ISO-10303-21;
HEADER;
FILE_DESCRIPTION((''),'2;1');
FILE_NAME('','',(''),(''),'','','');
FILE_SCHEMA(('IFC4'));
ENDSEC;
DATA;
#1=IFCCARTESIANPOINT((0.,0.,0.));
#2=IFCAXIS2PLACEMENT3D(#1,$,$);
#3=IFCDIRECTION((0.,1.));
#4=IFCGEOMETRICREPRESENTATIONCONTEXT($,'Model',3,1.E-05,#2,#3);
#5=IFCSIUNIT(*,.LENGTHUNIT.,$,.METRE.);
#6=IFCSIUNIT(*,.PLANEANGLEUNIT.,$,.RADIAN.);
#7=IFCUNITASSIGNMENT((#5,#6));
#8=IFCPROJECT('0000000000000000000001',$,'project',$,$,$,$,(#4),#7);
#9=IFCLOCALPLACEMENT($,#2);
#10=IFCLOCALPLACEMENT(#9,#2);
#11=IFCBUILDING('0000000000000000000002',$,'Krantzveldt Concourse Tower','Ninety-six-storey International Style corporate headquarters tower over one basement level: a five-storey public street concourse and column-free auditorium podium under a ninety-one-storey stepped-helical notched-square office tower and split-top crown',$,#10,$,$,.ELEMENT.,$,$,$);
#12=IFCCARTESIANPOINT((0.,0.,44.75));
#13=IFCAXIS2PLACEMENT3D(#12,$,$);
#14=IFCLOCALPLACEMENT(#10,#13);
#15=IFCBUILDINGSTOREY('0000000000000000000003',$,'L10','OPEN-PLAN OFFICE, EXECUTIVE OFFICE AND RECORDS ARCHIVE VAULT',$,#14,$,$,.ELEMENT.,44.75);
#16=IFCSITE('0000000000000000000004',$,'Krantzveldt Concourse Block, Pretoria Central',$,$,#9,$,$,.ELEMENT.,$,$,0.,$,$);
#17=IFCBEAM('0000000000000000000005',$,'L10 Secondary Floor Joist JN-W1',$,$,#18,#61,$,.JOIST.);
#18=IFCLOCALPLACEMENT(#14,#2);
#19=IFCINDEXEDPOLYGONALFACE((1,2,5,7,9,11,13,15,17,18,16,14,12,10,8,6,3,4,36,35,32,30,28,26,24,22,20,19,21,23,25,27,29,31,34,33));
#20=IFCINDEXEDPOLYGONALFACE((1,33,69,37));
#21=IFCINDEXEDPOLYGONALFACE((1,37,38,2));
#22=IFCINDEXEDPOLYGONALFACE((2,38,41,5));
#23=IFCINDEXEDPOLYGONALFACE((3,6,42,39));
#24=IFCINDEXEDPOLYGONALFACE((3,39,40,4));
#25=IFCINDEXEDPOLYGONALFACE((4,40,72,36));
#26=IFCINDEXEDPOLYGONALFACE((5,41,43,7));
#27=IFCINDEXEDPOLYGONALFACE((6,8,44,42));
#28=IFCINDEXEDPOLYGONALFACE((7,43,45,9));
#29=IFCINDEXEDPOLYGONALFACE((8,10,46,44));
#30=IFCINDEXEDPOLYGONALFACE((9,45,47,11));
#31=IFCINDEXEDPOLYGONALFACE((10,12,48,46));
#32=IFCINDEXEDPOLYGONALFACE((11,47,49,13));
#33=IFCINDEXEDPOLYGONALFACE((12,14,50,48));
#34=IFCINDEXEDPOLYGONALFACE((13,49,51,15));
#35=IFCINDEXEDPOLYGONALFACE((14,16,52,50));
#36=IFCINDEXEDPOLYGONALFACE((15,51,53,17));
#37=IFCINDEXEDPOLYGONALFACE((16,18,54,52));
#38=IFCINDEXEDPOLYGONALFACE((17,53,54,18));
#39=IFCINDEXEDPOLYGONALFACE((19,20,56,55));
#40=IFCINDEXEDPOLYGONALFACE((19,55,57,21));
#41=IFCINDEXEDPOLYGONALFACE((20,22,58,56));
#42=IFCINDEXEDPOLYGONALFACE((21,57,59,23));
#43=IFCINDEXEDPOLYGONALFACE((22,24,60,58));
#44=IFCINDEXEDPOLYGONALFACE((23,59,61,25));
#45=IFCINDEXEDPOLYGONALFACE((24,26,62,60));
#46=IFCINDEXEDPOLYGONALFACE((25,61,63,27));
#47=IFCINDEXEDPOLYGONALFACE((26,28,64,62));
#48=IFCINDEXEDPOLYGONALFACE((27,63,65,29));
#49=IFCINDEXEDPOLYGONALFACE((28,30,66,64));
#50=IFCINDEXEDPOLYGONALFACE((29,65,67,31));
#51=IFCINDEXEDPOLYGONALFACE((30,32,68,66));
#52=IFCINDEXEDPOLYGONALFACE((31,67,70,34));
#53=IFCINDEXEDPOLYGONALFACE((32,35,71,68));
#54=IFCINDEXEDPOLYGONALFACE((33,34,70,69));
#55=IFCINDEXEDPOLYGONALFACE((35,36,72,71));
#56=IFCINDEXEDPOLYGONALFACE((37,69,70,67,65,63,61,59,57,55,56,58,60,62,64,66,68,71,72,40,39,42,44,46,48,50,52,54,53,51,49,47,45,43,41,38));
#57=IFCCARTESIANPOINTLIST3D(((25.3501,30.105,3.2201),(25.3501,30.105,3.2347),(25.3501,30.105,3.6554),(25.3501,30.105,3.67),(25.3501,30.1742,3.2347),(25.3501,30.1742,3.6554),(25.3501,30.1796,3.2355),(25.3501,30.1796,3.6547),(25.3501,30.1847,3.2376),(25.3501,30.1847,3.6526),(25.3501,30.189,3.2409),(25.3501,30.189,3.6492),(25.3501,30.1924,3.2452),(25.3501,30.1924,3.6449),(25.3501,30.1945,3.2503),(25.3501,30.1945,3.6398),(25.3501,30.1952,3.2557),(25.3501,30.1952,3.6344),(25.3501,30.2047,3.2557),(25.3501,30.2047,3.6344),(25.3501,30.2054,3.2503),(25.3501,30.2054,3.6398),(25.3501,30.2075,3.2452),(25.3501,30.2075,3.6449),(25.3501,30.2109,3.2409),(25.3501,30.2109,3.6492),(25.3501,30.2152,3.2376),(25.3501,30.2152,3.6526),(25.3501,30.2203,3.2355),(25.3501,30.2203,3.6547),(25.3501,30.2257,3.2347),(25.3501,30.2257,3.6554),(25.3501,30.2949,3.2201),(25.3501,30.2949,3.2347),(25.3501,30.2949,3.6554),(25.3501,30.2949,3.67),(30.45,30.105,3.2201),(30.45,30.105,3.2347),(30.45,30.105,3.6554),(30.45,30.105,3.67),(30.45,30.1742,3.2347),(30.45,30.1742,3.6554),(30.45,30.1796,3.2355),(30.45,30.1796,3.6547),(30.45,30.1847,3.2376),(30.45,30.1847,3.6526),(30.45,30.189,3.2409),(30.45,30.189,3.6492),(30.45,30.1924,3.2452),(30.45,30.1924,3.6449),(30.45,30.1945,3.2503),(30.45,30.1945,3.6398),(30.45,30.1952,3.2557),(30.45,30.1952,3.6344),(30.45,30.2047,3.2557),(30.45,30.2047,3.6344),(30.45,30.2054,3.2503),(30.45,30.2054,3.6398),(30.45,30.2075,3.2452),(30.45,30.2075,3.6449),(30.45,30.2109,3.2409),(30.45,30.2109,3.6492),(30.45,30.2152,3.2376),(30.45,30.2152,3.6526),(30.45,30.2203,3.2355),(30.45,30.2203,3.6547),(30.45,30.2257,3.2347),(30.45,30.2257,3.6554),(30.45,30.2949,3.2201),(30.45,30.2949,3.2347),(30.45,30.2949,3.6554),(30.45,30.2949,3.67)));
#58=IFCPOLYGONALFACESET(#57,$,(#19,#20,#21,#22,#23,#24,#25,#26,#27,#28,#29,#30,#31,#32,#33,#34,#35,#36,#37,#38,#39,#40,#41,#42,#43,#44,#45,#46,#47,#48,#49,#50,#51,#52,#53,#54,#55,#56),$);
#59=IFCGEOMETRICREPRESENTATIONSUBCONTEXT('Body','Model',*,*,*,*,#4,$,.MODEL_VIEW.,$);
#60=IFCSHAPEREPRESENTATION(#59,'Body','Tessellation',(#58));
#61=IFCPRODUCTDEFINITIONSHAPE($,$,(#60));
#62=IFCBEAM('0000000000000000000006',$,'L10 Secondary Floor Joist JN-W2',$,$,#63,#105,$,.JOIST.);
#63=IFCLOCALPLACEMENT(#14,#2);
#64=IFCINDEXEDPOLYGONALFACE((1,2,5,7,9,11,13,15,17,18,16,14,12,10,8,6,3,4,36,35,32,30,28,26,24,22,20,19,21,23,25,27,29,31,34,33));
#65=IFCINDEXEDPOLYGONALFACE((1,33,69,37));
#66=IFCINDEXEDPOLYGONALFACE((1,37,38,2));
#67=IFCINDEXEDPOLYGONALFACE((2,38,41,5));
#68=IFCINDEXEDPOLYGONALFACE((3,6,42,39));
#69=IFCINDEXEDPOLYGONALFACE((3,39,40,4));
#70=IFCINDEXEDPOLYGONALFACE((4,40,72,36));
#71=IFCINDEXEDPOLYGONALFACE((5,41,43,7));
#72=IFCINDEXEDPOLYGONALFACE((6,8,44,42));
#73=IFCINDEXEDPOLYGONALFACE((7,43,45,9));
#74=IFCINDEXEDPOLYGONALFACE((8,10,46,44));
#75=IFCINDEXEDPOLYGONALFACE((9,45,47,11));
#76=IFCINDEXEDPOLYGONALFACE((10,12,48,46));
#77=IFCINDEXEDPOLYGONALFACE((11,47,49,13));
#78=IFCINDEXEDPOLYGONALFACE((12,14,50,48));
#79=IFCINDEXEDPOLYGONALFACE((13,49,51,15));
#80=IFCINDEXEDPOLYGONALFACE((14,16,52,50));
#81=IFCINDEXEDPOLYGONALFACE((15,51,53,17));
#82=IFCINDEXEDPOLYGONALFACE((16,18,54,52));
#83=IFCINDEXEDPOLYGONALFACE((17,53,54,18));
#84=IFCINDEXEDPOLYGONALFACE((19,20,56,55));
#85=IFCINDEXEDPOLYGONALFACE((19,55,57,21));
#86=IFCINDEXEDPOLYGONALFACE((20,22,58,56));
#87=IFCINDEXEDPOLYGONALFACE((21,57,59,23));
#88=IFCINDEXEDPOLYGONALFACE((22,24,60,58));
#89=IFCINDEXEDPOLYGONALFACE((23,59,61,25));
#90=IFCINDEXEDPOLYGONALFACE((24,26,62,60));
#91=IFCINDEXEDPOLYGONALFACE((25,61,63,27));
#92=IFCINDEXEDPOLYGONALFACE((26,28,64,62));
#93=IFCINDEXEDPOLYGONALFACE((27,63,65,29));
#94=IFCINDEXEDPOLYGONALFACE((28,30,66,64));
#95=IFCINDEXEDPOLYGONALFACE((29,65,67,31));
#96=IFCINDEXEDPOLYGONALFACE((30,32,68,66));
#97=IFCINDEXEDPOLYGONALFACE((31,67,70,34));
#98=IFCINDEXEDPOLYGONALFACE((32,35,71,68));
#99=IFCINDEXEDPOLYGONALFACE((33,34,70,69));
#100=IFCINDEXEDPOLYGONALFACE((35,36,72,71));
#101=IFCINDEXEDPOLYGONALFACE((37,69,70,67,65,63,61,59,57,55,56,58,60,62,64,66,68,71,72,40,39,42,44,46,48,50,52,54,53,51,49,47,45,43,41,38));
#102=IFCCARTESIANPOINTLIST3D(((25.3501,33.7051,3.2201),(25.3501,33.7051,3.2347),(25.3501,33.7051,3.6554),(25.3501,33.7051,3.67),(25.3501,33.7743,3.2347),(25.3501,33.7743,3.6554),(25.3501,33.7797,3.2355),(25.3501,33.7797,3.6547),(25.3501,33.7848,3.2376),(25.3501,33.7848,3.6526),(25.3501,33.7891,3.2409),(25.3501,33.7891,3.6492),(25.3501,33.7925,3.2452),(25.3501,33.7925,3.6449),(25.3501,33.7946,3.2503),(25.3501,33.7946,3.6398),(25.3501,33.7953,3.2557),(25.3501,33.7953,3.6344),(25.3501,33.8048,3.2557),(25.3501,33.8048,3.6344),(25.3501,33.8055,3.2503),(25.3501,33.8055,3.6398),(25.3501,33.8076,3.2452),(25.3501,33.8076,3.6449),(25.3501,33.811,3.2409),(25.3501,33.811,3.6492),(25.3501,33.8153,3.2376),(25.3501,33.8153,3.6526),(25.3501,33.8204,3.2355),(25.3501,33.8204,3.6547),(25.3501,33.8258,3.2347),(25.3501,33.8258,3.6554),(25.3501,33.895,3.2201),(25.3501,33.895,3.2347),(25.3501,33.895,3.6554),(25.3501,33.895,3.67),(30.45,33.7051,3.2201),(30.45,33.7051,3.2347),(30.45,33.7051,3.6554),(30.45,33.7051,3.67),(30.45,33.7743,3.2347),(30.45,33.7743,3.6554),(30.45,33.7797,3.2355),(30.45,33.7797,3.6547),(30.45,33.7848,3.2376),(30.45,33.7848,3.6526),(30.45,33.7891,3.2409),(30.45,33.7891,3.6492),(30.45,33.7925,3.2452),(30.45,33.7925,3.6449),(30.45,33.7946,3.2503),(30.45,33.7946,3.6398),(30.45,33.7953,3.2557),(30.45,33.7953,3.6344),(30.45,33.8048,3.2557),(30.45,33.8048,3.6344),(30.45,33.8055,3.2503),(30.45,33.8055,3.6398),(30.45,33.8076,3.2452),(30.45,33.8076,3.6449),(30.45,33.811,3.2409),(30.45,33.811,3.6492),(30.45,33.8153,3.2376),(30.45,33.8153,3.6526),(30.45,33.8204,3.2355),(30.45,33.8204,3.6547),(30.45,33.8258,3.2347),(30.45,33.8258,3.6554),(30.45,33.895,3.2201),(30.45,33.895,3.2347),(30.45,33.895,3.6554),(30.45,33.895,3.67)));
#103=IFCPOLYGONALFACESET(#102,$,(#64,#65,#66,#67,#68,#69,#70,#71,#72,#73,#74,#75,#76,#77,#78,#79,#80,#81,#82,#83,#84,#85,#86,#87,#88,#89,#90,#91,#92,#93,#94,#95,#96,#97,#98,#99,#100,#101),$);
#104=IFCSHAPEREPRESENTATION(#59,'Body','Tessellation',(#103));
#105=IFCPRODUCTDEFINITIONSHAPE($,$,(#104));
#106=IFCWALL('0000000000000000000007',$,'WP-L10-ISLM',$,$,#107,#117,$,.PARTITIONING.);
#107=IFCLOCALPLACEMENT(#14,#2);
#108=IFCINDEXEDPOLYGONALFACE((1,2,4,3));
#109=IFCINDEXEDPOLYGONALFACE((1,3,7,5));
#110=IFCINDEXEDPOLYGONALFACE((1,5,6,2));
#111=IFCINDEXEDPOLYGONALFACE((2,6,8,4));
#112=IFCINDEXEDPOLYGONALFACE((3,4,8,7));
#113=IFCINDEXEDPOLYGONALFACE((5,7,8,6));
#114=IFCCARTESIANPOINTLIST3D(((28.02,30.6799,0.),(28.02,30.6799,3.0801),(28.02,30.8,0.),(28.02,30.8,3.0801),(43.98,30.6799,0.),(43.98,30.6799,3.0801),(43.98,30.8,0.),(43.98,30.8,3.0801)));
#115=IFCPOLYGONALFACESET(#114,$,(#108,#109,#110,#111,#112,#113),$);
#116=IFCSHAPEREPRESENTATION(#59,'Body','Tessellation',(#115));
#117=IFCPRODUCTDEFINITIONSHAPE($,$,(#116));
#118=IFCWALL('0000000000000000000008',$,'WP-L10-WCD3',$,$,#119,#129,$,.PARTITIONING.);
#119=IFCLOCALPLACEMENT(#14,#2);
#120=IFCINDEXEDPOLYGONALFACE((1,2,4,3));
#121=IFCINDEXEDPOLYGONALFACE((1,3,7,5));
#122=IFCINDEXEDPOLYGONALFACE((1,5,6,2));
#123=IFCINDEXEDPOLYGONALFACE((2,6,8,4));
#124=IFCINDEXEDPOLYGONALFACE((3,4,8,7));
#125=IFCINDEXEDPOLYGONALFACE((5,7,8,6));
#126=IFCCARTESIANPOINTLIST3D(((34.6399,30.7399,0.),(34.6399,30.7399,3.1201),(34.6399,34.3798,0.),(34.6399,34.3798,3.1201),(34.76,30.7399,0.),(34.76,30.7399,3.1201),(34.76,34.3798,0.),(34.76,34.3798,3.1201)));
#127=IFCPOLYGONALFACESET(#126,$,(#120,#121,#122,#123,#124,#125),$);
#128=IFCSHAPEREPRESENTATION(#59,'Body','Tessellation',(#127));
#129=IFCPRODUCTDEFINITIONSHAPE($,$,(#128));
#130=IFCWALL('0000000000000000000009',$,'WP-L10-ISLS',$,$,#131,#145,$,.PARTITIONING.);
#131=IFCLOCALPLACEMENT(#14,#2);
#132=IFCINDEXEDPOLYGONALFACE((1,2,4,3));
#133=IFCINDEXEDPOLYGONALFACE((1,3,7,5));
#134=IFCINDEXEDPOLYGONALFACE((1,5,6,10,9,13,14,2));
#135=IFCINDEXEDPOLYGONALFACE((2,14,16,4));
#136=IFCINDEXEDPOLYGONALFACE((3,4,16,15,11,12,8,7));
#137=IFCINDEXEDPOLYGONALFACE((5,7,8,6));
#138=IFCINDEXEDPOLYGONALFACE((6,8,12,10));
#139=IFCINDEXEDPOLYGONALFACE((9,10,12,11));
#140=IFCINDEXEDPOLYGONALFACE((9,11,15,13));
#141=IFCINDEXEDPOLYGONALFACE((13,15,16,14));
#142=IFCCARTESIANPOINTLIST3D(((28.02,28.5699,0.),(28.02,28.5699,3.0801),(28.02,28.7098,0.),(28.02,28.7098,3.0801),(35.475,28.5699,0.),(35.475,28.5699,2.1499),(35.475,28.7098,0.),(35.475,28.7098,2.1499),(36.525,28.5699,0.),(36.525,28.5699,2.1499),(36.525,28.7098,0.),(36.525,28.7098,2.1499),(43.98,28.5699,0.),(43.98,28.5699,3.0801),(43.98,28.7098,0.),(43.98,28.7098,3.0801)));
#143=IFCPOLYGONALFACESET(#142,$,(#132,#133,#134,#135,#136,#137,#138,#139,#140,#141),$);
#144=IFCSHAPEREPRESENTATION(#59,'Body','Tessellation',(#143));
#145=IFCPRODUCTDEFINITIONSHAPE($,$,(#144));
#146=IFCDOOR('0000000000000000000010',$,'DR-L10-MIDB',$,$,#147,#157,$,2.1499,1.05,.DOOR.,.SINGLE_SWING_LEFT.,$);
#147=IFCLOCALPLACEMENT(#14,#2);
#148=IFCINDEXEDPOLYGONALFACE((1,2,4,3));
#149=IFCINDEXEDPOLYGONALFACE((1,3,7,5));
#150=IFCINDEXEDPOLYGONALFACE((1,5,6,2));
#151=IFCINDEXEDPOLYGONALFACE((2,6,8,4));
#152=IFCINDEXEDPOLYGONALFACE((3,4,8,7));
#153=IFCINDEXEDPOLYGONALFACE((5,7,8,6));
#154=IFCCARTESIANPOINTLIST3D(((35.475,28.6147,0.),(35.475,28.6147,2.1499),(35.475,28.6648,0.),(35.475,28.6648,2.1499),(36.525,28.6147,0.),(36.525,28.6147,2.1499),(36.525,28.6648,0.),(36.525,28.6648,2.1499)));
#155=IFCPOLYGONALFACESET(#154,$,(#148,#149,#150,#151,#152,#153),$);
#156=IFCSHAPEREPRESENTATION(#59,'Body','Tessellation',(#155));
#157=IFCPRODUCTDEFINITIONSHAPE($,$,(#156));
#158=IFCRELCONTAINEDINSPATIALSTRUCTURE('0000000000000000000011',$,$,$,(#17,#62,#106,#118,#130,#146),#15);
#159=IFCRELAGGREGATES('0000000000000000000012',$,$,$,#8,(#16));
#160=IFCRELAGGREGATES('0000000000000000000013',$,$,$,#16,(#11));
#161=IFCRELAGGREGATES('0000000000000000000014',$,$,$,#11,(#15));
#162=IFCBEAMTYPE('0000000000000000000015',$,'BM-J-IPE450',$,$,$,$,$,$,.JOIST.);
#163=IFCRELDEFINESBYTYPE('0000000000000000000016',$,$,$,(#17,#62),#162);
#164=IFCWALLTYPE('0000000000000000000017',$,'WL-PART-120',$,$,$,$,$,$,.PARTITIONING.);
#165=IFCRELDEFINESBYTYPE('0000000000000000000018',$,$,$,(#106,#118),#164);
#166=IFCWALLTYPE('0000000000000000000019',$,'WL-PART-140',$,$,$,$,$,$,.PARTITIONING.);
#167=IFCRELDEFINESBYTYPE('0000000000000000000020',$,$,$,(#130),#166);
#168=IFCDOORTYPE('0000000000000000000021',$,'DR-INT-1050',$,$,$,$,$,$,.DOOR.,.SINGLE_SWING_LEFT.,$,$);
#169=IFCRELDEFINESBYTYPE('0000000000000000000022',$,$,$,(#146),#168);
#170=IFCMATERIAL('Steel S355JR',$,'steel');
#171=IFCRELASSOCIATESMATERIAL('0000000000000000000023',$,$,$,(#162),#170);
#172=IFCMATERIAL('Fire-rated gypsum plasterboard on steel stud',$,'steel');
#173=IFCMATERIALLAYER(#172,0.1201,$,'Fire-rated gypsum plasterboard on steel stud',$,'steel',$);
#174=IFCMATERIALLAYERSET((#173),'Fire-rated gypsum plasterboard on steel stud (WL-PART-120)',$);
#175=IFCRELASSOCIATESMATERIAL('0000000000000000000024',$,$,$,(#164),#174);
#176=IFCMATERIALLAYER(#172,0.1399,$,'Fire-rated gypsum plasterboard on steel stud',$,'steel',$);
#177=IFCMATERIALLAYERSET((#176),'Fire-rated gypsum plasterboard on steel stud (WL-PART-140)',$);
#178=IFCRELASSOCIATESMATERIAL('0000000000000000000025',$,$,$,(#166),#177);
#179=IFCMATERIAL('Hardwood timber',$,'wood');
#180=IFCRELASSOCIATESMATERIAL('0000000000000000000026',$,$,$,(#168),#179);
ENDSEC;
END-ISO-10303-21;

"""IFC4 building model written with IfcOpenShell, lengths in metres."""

from ifc_helpers import new_model, si_unit, direction, frame, frame_2d, origin, origin_2d, place, context, subcontext, project, spatial, rectangle, i_section, extrude, source, transform, mapped, material, layer, layer_set, material_profile, profile_set, type_object, type_shapes, element, fill, save


model = new_model("IFC4")

# Units and contexts
model_context = context("Model", 3, precision=1e-05, world=origin(), true_north=direction((0.0, 1.0)))
body_context = subcontext(model_context, "Body", "Model", "MODEL_VIEW")
ifc_project = project(units=[si_unit("LENGTHUNIT", "METRE"), si_unit("PLANEANGLEUNIT", "RADIAN")], contexts=[model_context])

# Site, building, storey
site_placement = place(None, origin())
site = spatial("IfcSite", under=ifc_project, at=site_placement, Name="Krantzveldt Concourse Block, Pretoria Central", CompositionType="ELEMENT", RefElevation=0.0)
building_placement = place(site_placement, origin())
building = spatial("IfcBuilding", under=site, at=building_placement, Name="Krantzveldt Concourse Tower", Description="Ninety-six-storey International Style corporate headquarters tower over one basement level: a five-storey public street concourse and column-free auditorium podium under a ninety-one-storey stepped-helical notched-square office tower and split-top crown", CompositionType="ELEMENT")
storey_placement = place(building_placement, frame((0.0, 0.0, 44.75)))
storey = spatial("IfcBuildingStorey", under=building, at=storey_placement, Name="L10", Description="OPEN-PLAN OFFICE, EXECUTIVE OFFICE AND RECORDS ARCHIVE VAULT", CompositionType="ELEMENT", Elevation=44.75)

# Beams
ifc_material_1 = material(Name="Steel S355JR", Category="steel")
ifc_material_profile_1 = material_profile(ifc_material_1, i_section(OverallWidth=0.1899, OverallDepth=0.45, WebThickness=0.0095, FlangeThickness=0.0146, FilletRadius=0.021, at=origin_2d()), Name="Steel S355JR", Category="steel")
ifc_profile_set_1 = profile_set([ifc_material_profile_1], Name="Steel S355JR - IPE 450")
beam_type_1 = type_object("IfcBeamType", Name="BM-J-IPE450", PredefinedType="JOIST", material=ifc_profile_set_1)
shared_shape_1 = source(origin(), body_context, "Body", "SweptSolid", [
    extrude(i_section(OverallWidth=0.1899, OverallDepth=0.45, WebThickness=0.0095, FlangeThickness=0.0146, FilletRadius=0.021, at=origin_2d()), origin(), (0.0, 0.0, 1.0), 5.0999),
])
type_shapes(beam_type_1, [shared_shape_1])
for number, where, z_axis, x_axis, name in (
    (1, (25.3501, 30.2, 3.4451), (1.0, 0.0, 0.0), (0.0, 1.0, 0.0), "L10 Secondary Floor Joist JN-W1"),
    (2, (25.3501, 33.8, 3.4451), (1.0, 0.0, 0.0), (0.0, 1.0, 0.0), "L10 Secondary Floor Joist JN-W2"),
):
    element("IfcBeam", number, at=place(storey_placement, frame(where, z_axis=z_axis, x_axis=x_axis)), inside=storey, type_object=beam_type_1, Name=name, PredefinedType="JOIST", context=body_context, shape_type="MappedRepresentation", body=[
        mapped(shared_shape_1, transform((0.0, 0.0, 0.0), x_axis=(1.0, 0.0, 0.0), y_axis=(0.0, 1.0, 0.0), z_axis=(0.0, 0.0, 1.0), scale=1.0)),
    ])

# Walls
ifc_material_2 = material(Name="Fire-rated gypsum plasterboard on steel stud", Category="steel")
ifc_layer_1 = layer(ifc_material_2, 0.1201, Name="Fire-rated gypsum plasterboard on steel stud", Category="steel")
ifc_layer_set_1 = layer_set([ifc_layer_1], Name="Fire-rated gypsum plasterboard on steel stud (WL-PART-120)")
wall_type_1 = type_object("IfcWallType", Name="WL-PART-120", PredefinedType="PARTITIONING", material=ifc_layer_set_1)
wall_1_placement = place(storey_placement, frame((28.02, 30.74, 0.0), z_axis=(0.0, 0.0, 1.0), x_axis=(1.0, 0.0, 0.0)))
element("IfcWall", 3, at=wall_1_placement, inside=storey, type_object=wall_type_1, Name="WP-L10-ISLM", PredefinedType="PARTITIONING", context=body_context, shape_type="SweptSolid", body=[
    extrude(rectangle(XDim=15.96, YDim=0.1201, at=frame_2d((7.98, 0.0))), origin(), (0.0, 0.0, 1.0), 3.0801),
])
wall_2_placement = place(storey_placement, frame((34.7, 30.74, 0.0), z_axis=(0.0, 0.0, 1.0), x_axis=(0.0, 1.0, 0.0)))
element("IfcWall", 4, at=wall_2_placement, inside=storey, type_object=wall_type_1, Name="WP-L10-WCD3", PredefinedType="PARTITIONING", context=body_context, shape_type="SweptSolid", body=[
    extrude(rectangle(XDim=3.6399, YDim=0.1201, at=frame_2d((1.8198, 0.0))), origin(), (0.0, 0.0, 1.0), 3.1201),
])

# Wall, opening, door
ifc_layer_2 = layer(ifc_material_2, 0.1399, Name="Fire-rated gypsum plasterboard on steel stud", Category="steel")
ifc_layer_set_2 = layer_set([ifc_layer_2], Name="Fire-rated gypsum plasterboard on steel stud (WL-PART-140)")
wall_type_2 = type_object("IfcWallType", Name="WL-PART-140", PredefinedType="PARTITIONING", material=ifc_layer_set_2)
wall_3_placement = place(storey_placement, frame((28.02, 28.6399, 0.0), z_axis=(0.0, 0.0, 1.0), x_axis=(1.0, 0.0, 0.0)))
wall_3 = element("IfcWall", 5, at=wall_3_placement, inside=storey, type_object=wall_type_2, Name="WP-L10-ISLS", PredefinedType="PARTITIONING", context=body_context, shape_type="SweptSolid", body=[
    extrude(rectangle(XDim=15.96, YDim=0.1399, at=frame_2d((7.98, 0.0))), origin(), (0.0, 0.0, 1.0), 3.0801),
])
opening_1_placement = place(wall_3_placement, frame((7.4551, 0.0, 0.0)))
opening_1 = element("IfcOpeningElement", 6, at=opening_1_placement, cuts=wall_3, PredefinedType="OPENING", context=body_context, shape_type="SweptSolid", body=[
    extrude(rectangle(XDim=1.05, YDim=2.1499, at=frame_2d((0.5249, 1.075))), frame((0.0, 0.0801, 0.0), z_axis=(0.0, -1.0, 0.0), x_axis=(1.0, 0.0, 0.0)), (0.0, 0.0, 1.0), 0.1599),
])
ifc_material_3 = material(Name="Hardwood timber", Category="wood")
door_type_1 = type_object("IfcDoorType", Name="DR-INT-1050", OperationType="SINGLE_SWING_LEFT", PredefinedType="DOOR", material=ifc_material_3)
door_1_placement = place(opening_1_placement, origin())
door_1 = element("IfcDoor", 7, at=door_1_placement, inside=storey, type_object=door_type_1, Name="DR-L10-MIDB", OperationType="SINGLE_SWING_LEFT", OverallHeight=2.1499, OverallWidth=1.05, PredefinedType="DOOR", context=body_context, shape_type="SweptSolid", body=[
    extrude(rectangle(XDim=1.05, YDim=2.1499, at=frame_2d((0.5249, 1.075))), frame((0.0, 0.0249, 0.0), z_axis=(0.0, -1.0, 0.0), x_axis=(1.0, 0.0, 0.0)), (0.0, 0.0, 1.0), 0.05),
])
fill(opening_1, door_1)

save(model, "model.ifc")
